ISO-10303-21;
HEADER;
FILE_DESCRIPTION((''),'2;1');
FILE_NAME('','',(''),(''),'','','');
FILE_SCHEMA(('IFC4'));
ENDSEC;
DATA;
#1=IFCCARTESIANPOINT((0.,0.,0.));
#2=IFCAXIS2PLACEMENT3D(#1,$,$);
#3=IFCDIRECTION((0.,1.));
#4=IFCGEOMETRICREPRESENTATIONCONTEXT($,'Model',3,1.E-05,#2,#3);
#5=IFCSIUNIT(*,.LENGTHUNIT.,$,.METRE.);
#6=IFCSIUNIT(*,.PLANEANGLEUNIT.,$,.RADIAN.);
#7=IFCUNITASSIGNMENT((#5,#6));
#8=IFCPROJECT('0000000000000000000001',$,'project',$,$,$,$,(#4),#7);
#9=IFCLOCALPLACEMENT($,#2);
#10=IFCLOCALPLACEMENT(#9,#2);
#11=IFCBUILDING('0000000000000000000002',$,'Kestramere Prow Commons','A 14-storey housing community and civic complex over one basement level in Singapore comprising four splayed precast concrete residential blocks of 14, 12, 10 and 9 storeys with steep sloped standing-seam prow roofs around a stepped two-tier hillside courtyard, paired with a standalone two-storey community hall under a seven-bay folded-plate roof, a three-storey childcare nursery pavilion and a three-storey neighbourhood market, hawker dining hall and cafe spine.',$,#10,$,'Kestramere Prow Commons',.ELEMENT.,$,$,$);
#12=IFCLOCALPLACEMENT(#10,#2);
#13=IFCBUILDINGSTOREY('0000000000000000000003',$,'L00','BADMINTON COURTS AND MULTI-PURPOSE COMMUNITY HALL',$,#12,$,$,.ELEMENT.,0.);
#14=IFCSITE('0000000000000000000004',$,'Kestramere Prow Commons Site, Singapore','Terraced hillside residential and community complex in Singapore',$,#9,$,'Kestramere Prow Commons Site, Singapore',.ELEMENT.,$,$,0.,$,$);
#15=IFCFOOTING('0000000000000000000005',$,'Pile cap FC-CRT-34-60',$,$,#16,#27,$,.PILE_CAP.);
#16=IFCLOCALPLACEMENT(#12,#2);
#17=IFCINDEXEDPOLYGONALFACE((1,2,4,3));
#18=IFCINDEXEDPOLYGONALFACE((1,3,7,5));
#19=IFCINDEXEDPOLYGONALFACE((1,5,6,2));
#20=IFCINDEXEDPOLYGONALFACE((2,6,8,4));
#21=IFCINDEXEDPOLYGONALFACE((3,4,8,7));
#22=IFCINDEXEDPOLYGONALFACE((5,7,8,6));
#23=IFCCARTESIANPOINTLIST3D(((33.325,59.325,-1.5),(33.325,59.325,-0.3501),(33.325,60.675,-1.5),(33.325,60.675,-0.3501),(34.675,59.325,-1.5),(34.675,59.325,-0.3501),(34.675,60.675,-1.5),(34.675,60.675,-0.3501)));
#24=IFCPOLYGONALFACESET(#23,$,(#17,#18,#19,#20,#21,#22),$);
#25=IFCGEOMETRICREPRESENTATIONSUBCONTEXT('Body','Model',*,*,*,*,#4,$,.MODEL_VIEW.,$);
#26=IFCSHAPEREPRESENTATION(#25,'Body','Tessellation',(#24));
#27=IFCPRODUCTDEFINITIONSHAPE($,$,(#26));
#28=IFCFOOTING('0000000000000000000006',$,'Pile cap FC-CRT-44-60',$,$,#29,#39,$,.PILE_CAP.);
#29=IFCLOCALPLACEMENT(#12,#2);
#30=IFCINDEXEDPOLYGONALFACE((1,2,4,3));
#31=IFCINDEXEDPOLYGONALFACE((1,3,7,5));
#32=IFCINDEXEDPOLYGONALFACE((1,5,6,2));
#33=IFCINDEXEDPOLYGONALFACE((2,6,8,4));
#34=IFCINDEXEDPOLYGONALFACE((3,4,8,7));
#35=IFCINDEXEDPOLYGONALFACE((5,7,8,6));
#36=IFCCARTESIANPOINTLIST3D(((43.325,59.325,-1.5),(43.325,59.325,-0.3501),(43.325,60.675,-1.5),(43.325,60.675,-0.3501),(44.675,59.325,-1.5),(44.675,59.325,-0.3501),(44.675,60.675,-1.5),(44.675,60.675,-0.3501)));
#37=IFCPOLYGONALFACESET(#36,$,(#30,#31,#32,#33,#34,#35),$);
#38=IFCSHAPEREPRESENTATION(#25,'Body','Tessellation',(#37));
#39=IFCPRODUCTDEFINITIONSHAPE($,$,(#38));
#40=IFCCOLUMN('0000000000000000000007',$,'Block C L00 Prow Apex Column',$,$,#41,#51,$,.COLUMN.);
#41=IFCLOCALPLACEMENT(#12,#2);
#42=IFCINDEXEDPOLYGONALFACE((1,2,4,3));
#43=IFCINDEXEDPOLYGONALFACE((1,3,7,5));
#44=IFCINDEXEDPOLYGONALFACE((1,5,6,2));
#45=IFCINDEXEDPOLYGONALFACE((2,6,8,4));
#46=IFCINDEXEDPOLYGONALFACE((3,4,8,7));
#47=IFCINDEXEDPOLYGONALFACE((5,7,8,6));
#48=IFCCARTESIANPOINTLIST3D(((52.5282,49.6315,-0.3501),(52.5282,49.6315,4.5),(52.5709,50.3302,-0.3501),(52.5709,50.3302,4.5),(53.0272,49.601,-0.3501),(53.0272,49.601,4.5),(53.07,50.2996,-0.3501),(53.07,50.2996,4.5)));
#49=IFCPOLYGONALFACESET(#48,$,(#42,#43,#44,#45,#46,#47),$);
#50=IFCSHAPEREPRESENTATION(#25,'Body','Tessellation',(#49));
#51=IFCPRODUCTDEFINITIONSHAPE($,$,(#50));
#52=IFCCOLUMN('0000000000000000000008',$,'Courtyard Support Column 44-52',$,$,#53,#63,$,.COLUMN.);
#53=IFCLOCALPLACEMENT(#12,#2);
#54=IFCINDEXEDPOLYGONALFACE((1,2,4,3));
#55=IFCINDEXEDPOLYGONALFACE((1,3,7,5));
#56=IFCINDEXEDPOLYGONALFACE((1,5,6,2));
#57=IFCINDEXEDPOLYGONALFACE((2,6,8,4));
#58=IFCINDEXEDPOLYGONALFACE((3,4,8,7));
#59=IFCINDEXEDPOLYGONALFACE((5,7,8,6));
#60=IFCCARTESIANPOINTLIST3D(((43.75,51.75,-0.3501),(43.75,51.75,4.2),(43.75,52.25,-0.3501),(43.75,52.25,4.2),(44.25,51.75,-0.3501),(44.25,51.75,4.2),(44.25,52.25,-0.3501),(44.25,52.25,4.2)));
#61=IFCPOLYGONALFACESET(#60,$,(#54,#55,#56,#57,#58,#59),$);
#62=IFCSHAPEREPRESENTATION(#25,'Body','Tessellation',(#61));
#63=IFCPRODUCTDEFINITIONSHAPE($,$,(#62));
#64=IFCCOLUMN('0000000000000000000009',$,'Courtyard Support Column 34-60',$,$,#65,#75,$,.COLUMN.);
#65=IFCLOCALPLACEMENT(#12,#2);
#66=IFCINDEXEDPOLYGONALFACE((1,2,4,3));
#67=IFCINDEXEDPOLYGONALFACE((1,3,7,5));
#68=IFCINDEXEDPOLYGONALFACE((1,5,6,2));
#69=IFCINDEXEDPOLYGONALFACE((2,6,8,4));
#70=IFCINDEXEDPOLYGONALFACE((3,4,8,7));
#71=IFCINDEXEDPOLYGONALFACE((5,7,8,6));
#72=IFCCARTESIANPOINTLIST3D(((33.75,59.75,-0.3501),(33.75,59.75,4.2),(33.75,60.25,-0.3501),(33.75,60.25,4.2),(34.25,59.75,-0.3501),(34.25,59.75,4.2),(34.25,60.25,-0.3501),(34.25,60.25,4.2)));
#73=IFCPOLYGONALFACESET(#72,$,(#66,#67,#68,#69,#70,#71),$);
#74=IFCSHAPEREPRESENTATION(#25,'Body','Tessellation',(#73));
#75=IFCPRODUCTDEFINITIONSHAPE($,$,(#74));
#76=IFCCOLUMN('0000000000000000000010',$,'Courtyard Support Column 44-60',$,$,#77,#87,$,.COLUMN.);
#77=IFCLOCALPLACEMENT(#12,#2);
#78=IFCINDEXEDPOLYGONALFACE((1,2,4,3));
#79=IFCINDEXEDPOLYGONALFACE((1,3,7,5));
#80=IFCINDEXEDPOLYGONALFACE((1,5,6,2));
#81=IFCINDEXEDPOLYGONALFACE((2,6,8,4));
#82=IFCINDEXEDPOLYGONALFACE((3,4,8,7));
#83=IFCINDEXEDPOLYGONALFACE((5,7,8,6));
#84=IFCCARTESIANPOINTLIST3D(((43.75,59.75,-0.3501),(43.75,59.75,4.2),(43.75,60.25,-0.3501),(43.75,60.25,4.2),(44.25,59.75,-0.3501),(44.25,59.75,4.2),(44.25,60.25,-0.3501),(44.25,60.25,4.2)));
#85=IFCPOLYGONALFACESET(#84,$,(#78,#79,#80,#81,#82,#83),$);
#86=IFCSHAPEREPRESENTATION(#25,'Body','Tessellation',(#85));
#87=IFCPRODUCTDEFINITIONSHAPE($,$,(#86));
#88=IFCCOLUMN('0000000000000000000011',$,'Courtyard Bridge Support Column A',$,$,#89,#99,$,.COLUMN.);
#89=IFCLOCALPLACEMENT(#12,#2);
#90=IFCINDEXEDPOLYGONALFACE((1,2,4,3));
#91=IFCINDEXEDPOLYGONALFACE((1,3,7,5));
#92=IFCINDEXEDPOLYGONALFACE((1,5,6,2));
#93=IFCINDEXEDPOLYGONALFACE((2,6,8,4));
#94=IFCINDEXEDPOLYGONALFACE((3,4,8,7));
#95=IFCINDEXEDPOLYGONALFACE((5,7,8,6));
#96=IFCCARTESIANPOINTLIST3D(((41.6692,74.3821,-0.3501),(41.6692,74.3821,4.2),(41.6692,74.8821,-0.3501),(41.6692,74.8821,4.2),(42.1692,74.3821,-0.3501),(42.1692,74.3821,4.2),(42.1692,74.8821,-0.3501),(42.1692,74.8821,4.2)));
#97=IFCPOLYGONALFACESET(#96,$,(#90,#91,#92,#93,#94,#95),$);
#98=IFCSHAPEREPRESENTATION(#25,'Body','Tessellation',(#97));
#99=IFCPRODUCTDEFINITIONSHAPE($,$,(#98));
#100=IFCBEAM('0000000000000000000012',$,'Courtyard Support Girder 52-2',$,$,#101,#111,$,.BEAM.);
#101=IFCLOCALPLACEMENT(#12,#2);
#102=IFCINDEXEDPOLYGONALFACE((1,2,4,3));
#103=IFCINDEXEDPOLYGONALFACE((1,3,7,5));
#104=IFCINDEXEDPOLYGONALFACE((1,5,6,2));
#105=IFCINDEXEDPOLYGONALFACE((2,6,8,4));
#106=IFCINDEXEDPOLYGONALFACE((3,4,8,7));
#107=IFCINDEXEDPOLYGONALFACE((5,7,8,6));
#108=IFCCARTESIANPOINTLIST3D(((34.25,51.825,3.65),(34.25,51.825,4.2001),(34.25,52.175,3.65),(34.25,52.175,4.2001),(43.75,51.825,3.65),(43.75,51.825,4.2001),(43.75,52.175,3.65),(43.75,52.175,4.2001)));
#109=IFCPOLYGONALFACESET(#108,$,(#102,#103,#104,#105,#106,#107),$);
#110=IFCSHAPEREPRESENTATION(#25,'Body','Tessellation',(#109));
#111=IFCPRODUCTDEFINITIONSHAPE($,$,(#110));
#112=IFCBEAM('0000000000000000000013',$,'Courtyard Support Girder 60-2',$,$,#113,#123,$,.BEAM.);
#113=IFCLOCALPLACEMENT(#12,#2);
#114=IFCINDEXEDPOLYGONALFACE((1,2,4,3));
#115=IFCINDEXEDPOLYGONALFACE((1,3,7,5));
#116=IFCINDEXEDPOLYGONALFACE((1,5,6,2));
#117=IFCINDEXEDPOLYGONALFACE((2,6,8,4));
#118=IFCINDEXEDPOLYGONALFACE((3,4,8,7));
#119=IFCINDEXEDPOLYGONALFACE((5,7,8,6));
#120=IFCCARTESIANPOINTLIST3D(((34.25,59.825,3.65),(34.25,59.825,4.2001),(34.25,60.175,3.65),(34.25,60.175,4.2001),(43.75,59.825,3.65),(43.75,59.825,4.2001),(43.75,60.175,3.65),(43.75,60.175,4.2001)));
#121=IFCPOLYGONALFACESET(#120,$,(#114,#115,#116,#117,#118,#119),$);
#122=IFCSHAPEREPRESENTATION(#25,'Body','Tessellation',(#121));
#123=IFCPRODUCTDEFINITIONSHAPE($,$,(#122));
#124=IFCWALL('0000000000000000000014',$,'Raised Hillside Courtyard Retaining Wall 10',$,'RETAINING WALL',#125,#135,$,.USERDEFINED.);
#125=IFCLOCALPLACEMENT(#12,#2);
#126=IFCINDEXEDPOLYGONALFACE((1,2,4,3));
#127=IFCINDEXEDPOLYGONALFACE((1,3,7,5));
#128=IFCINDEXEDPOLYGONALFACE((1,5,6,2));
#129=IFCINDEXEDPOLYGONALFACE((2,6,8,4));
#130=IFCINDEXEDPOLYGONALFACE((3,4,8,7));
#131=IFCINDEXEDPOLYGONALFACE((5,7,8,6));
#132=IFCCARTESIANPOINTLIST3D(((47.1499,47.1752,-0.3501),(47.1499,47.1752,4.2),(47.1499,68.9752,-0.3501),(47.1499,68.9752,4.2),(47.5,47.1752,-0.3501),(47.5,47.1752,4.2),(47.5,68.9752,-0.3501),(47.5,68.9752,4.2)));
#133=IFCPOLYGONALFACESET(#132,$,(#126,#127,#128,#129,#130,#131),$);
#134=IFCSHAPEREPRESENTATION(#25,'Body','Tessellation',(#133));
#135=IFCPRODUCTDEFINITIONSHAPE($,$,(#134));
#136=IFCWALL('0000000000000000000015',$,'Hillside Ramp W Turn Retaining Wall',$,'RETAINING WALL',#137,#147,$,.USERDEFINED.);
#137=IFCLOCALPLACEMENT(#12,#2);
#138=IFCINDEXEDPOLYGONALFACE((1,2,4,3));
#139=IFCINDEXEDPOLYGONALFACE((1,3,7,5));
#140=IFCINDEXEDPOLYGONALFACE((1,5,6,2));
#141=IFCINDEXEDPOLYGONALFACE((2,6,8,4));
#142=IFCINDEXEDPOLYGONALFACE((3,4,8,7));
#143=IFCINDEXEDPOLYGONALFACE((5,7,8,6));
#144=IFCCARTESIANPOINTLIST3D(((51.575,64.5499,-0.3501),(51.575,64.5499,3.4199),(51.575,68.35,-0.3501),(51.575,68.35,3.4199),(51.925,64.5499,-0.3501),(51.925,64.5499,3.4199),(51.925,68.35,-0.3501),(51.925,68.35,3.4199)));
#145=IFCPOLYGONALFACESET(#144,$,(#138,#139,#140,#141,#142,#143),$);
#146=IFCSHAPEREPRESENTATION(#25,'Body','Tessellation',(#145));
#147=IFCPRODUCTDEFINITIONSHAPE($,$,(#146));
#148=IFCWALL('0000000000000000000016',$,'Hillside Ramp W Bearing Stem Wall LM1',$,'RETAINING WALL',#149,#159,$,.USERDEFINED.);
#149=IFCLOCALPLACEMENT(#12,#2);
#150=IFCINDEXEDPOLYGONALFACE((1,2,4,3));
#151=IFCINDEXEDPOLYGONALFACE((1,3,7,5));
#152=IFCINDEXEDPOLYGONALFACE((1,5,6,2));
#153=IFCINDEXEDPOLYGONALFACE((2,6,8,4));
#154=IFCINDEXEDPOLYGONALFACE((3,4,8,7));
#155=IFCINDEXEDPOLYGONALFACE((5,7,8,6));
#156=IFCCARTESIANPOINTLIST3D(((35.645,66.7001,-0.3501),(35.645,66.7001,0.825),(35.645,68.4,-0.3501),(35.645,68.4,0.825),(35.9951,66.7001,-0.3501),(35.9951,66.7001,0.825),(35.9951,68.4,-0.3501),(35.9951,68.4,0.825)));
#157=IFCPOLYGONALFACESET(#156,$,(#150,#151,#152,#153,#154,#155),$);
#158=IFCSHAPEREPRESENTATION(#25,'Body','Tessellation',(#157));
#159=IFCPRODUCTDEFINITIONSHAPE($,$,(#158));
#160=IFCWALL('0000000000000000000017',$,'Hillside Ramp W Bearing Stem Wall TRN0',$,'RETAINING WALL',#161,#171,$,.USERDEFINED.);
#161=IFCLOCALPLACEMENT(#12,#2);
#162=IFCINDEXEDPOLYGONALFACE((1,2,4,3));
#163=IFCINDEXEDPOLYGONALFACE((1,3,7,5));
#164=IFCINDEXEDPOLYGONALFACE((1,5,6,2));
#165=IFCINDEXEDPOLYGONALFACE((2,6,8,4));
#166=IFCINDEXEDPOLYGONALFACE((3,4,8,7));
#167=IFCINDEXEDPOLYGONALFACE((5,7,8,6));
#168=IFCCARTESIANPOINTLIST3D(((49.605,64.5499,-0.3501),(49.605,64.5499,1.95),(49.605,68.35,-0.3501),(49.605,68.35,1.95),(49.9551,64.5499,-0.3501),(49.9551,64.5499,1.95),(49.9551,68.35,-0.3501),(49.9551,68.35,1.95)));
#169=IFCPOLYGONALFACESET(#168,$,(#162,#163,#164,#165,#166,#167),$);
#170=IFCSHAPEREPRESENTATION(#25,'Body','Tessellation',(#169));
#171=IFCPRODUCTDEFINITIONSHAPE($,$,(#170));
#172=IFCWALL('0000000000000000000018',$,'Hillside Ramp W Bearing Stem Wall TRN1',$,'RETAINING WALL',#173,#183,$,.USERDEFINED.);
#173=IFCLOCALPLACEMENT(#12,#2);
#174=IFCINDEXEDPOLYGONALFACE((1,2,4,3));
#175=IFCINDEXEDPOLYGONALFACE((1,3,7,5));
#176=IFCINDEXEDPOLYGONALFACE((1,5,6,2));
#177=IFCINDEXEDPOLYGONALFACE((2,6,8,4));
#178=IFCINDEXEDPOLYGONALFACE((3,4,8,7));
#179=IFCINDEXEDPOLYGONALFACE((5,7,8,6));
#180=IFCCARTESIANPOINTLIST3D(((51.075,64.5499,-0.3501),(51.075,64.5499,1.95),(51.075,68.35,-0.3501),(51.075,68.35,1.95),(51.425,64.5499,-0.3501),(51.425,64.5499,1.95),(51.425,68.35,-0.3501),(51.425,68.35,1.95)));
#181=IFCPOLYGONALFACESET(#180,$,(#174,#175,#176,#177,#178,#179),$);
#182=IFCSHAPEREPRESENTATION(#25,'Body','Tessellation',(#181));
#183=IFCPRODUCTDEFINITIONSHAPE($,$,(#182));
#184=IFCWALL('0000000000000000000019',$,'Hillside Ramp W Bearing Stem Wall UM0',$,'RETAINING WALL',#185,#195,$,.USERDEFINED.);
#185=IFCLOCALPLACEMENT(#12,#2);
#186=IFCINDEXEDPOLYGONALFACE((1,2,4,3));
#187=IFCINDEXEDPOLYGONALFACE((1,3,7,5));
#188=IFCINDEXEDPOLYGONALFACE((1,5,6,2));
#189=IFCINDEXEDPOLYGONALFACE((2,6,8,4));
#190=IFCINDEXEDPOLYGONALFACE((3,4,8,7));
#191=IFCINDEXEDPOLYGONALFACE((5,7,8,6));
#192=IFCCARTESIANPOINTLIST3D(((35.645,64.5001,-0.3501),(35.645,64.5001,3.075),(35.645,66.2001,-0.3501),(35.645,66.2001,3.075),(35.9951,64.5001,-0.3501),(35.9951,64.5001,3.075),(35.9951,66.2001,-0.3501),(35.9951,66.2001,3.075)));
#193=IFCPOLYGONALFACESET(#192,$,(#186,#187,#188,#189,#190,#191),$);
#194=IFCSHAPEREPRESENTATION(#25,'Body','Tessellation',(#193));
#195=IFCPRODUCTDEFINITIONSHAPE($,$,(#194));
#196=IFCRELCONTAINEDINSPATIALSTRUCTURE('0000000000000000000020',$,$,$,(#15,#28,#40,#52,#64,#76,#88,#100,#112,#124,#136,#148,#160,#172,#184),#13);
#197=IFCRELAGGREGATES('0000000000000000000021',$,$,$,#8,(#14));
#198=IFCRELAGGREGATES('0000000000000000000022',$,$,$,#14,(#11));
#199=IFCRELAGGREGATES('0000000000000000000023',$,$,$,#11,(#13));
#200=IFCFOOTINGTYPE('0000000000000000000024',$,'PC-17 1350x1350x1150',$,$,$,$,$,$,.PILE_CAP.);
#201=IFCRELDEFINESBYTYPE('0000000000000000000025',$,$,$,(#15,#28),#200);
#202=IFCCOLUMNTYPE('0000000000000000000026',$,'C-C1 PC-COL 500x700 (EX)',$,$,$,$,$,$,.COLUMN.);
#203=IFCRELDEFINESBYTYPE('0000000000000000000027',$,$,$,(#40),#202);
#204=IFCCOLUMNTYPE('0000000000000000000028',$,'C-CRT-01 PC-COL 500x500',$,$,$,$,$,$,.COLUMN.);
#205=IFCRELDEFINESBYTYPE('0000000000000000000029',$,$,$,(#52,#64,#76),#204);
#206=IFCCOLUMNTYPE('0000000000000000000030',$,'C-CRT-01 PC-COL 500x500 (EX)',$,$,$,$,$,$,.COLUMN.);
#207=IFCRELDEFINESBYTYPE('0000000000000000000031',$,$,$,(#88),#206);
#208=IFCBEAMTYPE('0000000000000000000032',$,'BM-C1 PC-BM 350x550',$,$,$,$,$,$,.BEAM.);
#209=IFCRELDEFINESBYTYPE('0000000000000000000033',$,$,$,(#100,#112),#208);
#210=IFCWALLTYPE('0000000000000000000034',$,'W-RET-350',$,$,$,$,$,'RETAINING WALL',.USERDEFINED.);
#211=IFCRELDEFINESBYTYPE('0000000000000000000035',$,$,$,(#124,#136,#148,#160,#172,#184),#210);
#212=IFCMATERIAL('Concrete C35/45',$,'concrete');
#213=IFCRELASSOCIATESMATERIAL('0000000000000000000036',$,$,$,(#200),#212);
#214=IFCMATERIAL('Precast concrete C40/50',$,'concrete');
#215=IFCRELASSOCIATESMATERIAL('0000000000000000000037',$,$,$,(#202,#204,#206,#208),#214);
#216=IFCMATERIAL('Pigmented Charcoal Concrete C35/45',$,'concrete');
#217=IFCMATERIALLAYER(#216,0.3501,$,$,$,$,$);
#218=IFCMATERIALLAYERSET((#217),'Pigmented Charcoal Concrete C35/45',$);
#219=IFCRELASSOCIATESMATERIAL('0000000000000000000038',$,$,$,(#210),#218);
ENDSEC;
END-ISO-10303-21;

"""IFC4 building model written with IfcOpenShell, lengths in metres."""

from ifc_helpers import new_model, si_unit, direction, frame, frame_2d, origin, origin_2d, place, context, subcontext, project, spatial, rectangle, extrude, material, layer, layer_set, material_profile, profile_set, type_object, element, save


model = new_model("IFC4")

# Units and contexts
model_context = context("Model", 3, precision=1e-05, world=origin(), true_north=direction((0.0, 1.0)))
body_context = subcontext(model_context, "Body", "Model", "MODEL_VIEW")
ifc_project = project(units=[si_unit("LENGTHUNIT", "METRE"), si_unit("PLANEANGLEUNIT", "RADIAN")], contexts=[model_context])

# Site, building, storey
site_placement = place(None, origin())
site = spatial("IfcSite", under=ifc_project, at=site_placement, Name="Kestramere Prow Commons Site, Singapore", Description="Terraced hillside residential and community complex in Singapore", LongName="Kestramere Prow Commons Site, Singapore", CompositionType="ELEMENT", RefElevation=0.0)
building_placement = place(site_placement, origin())
building = spatial("IfcBuilding", under=site, at=building_placement, Name="Kestramere Prow Commons", Description="A 14-storey housing community and civic complex over one basement level in Singapore comprising four splayed precast concrete residential blocks of 14, 12, 10 and 9 storeys with steep sloped standing-seam prow roofs around a stepped two-tier hillside courtyard, paired with a standalone two-storey community hall under a seven-bay folded-plate roof, a three-storey childcare nursery pavilion and a three-storey neighbourhood market, hawker dining hall and cafe spine.", LongName="Kestramere Prow Commons", CompositionType="ELEMENT")
storey_placement = place(building_placement, origin())
storey = spatial("IfcBuildingStorey", under=building, at=storey_placement, Name="L00", Description="BADMINTON COURTS AND MULTI-PURPOSE COMMUNITY HALL", CompositionType="ELEMENT", Elevation=0.0)

# Shared definitions
ifc_material_1 = material(Name="Concrete C35/45", Category="concrete")

# Footings
footing_type_1 = type_object("IfcFootingType", Name="PC-17 1350x1350x1150", PredefinedType="PILE_CAP", material=ifc_material_1)
for number, where, z_axis, x_axis, name in (
    (1, (34.0, 60.0, -1.5), (0.0, 0.0, 1.0), (1.0, 0.0, 0.0), "Pile cap FC-CRT-34-60"),
    (2, (44.0, 60.0, -1.5), (0.0, 0.0, 1.0), (1.0, 0.0, 0.0), "Pile cap FC-CRT-44-60"),
):
    element("IfcFooting", number, at=place(storey_placement, frame(where, z_axis=z_axis, x_axis=x_axis)), inside=storey, type_object=footing_type_1, Name=name, PredefinedType="PILE_CAP", context=body_context, shape_type="SweptSolid", body=[
        extrude(rectangle(XDim=1.3501, YDim=1.3501, at=origin_2d()), origin(), (0.0, 0.0, 1.0), 1.1499),
    ])

# Columns
ifc_material_2 = material(Name="Precast concrete C40/50", Category="concrete")
ifc_material_profile_1 = material_profile(ifc_material_2, rectangle(XDim=0.5, YDim=0.7, at=origin_2d()), Name="PC-COL 500x700")
ifc_profile_set_1 = profile_set([ifc_material_profile_1], Name="Precast concrete C40/50")
column_type_1 = type_object("IfcColumnType", Name="C-C1 PC-COL 500x700 (EX)", PredefinedType="COLUMN", material=ifc_profile_set_1)
column_1_placement = place(storey_placement, frame((52.7991, 49.9656, -0.3501), z_axis=(0.0, 0.0, 1.0), x_axis=(0.998135, -0.061049, 0.0)))
element("IfcColumn", 3, at=column_1_placement, inside=storey, type_object=column_type_1, Name="Block C L00 Prow Apex Column", PredefinedType="COLUMN", context=body_context, shape_type="SweptSolid", body=[
    extrude(rectangle(XDim=0.5, YDim=0.7, at=origin_2d()), origin(), (0.0, 0.0, 1.0), 4.8501),
])
ifc_material_profile_2 = material_profile(ifc_material_2, rectangle(XDim=0.5, YDim=0.5, at=origin_2d()), Name="PC-COL 500x500")
ifc_profile_set_2 = profile_set([ifc_material_profile_2], Name="Precast concrete C40/50")
column_type_2 = type_object("IfcColumnType", Name="C-CRT-01 PC-COL 500x500", PredefinedType="COLUMN", material=ifc_profile_set_2)
for number, where, z_axis, x_axis, name in (
    (4, (44.0, 52.0, -0.3501), (0.0, 0.0, 1.0), (1.0, 0.0, 0.0), "Courtyard Support Column 44-52"),
    (5, (34.0, 60.0, -0.3501), (0.0, 0.0, 1.0), (1.0, 0.0, 0.0), "Courtyard Support Column 34-60"),
    (6, (44.0, 60.0, -0.3501), (0.0, 0.0, 1.0), (1.0, 0.0, 0.0), "Courtyard Support Column 44-60"),
):
    element("IfcColumn", number, at=place(storey_placement, frame(where, z_axis=z_axis, x_axis=x_axis)), inside=storey, type_object=column_type_2, Name=name, PredefinedType="COLUMN", context=body_context, shape_type="SweptSolid", body=[
        extrude(rectangle(XDim=0.5, YDim=0.5, at=origin_2d()), origin(), (0.0, 0.0, 1.0), 4.55),
    ])
ifc_material_profile_3 = material_profile(ifc_material_2, rectangle(XDim=0.5, YDim=0.5, at=origin_2d()), Name="PC-COL 500x500")
ifc_profile_set_3 = profile_set([ifc_material_profile_3], Name="Precast concrete C40/50")
column_type_3 = type_object("IfcColumnType", Name="C-CRT-01 PC-COL 500x500 (EX)", PredefinedType="COLUMN", material=ifc_profile_set_3)
column_2_placement = place(storey_placement, frame((41.9192, 74.6321, -0.3501), z_axis=(0.0, 0.0, 1.0), x_axis=(1.0, 0.0, 0.0)))
element("IfcColumn", 7, at=column_2_placement, inside=storey, type_object=column_type_3, Name="Courtyard Bridge Support Column A", PredefinedType="COLUMN", context=body_context, shape_type="SweptSolid", body=[
    extrude(rectangle(XDim=0.5, YDim=0.5, at=origin_2d()), origin(), (0.0, 0.0, 1.0), 4.55),
])

# Beams
ifc_material_profile_4 = material_profile(ifc_material_2, rectangle(XDim=0.3501, YDim=0.55, at=origin_2d()), Name="PC-BM 350x550")
ifc_profile_set_4 = profile_set([ifc_material_profile_4], Name="Precast concrete C40/50")
beam_type = type_object("IfcBeamType", Name="BM-C1 PC-BM 350x550", PredefinedType="BEAM", material=ifc_profile_set_4)
for number, where, z_axis, x_axis, name in (
    (8, (34.25, 52.0, 3.925), (1.0, 0.0, 0.0), (0.0, 1.0, 0.0), "Courtyard Support Girder 52-2"),
    (9, (34.25, 60.0, 3.925), (1.0, 0.0, 0.0), (0.0, 1.0, 0.0), "Courtyard Support Girder 60-2"),
):
    element("IfcBeam", number, at=place(storey_placement, frame(where, z_axis=z_axis, x_axis=x_axis)), inside=storey, type_object=beam_type, Name=name, PredefinedType="BEAM", context=body_context, shape_type="SweptSolid", body=[
        extrude(rectangle(XDim=0.3501, YDim=0.55, at=origin_2d()), origin(), (0.0, 0.0, 1.0), 9.5),
    ])

# Walls
ifc_material_3 = material(Name="Pigmented Charcoal Concrete C35/45", Category="concrete")
ifc_layer_1 = layer(ifc_material_3, 0.3501)
ifc_layer_set_1 = layer_set([ifc_layer_1], Name="Pigmented Charcoal Concrete C35/45")
wall_type = type_object("IfcWallType", Name="W-RET-350", ElementType="RETAINING WALL", PredefinedType="USERDEFINED", material=ifc_layer_set_1)
wall_1_placement = place(storey_placement, frame((47.325, 68.9751, -0.3501), z_axis=(0.0, 0.0, 1.0), x_axis=(0.0, -1.0, 0.0)))
element("IfcWall", 10, at=wall_1_placement, inside=storey, type_object=wall_type, Name="Raised Hillside Courtyard Retaining Wall 10", ObjectType="RETAINING WALL", PredefinedType="USERDEFINED", context=body_context, shape_type="SweptSolid", body=[
    extrude(rectangle(XDim=21.8, YDim=0.3501, at=frame_2d((10.8999, 0.0))), origin(), (0.0, 0.0, 1.0), 4.55),
])
wall_2_placement = place(storey_placement, frame((51.75, 64.55, -0.3501), z_axis=(0.0, 0.0, 1.0), x_axis=(0.0, 1.0, 0.0)))
element("IfcWall", 11, at=wall_2_placement, inside=storey, type_object=wall_type, Name="Hillside Ramp W Turn Retaining Wall", ObjectType="RETAINING WALL", PredefinedType="USERDEFINED", context=body_context, shape_type="SweptSolid", body=[
    extrude(rectangle(XDim=3.8, YDim=0.3501, at=frame_2d((1.8999, 0.0))), origin(), (0.0, 0.0, 1.0), 3.77),
])
wall_3_placement = place(storey_placement, frame((35.8201, 66.7, -0.3501), z_axis=(0.0, 0.0, 1.0), x_axis=(0.0, 1.0, 0.0)))
element("IfcWall", 12, at=wall_3_placement, inside=storey, type_object=wall_type, Name="Hillside Ramp W Bearing Stem Wall LM1", ObjectType="RETAINING WALL", PredefinedType="USERDEFINED", context=body_context, shape_type="SweptSolid", body=[
    extrude(rectangle(XDim=1.7, YDim=0.3501, at=frame_2d((0.8501, 0.0))), origin(), (0.0, 0.0, 1.0), 1.175),
])
for number, where, z_axis, x_axis, name in (
    (13, (49.78, 64.55, -0.3501), (0.0, 0.0, 1.0), (0.0, 1.0, 0.0), "Hillside Ramp W Bearing Stem Wall TRN0"),
    (14, (51.25, 64.55, -0.3501), (0.0, 0.0, 1.0), (0.0, 1.0, 0.0), "Hillside Ramp W Bearing Stem Wall TRN1"),
):
    element("IfcWall", number, at=place(storey_placement, frame(where, z_axis=z_axis, x_axis=x_axis)), inside=storey, type_object=wall_type, Name=name, ObjectType="RETAINING WALL", PredefinedType="USERDEFINED", context=body_context, shape_type="SweptSolid", body=[
        extrude(rectangle(XDim=3.8, YDim=0.3501, at=frame_2d((1.8999, 0.0))), origin(), (0.0, 0.0, 1.0), 2.3),
    ])
wall_4_placement = place(storey_placement, frame((35.8201, 64.5, -0.3501), z_axis=(0.0, 0.0, 1.0), x_axis=(0.0, 1.0, 0.0)))
element("IfcWall", 15, at=wall_4_placement, inside=storey, type_object=wall_type, Name="Hillside Ramp W Bearing Stem Wall UM0", ObjectType="RETAINING WALL", PredefinedType="USERDEFINED", context=body_context, shape_type="SweptSolid", body=[
    extrude(rectangle(XDim=1.7, YDim=0.3501, at=frame_2d((0.8501, 0.0))), origin(), (0.0, 0.0, 1.0), 3.425),
])

save(model, "model.ifc")
